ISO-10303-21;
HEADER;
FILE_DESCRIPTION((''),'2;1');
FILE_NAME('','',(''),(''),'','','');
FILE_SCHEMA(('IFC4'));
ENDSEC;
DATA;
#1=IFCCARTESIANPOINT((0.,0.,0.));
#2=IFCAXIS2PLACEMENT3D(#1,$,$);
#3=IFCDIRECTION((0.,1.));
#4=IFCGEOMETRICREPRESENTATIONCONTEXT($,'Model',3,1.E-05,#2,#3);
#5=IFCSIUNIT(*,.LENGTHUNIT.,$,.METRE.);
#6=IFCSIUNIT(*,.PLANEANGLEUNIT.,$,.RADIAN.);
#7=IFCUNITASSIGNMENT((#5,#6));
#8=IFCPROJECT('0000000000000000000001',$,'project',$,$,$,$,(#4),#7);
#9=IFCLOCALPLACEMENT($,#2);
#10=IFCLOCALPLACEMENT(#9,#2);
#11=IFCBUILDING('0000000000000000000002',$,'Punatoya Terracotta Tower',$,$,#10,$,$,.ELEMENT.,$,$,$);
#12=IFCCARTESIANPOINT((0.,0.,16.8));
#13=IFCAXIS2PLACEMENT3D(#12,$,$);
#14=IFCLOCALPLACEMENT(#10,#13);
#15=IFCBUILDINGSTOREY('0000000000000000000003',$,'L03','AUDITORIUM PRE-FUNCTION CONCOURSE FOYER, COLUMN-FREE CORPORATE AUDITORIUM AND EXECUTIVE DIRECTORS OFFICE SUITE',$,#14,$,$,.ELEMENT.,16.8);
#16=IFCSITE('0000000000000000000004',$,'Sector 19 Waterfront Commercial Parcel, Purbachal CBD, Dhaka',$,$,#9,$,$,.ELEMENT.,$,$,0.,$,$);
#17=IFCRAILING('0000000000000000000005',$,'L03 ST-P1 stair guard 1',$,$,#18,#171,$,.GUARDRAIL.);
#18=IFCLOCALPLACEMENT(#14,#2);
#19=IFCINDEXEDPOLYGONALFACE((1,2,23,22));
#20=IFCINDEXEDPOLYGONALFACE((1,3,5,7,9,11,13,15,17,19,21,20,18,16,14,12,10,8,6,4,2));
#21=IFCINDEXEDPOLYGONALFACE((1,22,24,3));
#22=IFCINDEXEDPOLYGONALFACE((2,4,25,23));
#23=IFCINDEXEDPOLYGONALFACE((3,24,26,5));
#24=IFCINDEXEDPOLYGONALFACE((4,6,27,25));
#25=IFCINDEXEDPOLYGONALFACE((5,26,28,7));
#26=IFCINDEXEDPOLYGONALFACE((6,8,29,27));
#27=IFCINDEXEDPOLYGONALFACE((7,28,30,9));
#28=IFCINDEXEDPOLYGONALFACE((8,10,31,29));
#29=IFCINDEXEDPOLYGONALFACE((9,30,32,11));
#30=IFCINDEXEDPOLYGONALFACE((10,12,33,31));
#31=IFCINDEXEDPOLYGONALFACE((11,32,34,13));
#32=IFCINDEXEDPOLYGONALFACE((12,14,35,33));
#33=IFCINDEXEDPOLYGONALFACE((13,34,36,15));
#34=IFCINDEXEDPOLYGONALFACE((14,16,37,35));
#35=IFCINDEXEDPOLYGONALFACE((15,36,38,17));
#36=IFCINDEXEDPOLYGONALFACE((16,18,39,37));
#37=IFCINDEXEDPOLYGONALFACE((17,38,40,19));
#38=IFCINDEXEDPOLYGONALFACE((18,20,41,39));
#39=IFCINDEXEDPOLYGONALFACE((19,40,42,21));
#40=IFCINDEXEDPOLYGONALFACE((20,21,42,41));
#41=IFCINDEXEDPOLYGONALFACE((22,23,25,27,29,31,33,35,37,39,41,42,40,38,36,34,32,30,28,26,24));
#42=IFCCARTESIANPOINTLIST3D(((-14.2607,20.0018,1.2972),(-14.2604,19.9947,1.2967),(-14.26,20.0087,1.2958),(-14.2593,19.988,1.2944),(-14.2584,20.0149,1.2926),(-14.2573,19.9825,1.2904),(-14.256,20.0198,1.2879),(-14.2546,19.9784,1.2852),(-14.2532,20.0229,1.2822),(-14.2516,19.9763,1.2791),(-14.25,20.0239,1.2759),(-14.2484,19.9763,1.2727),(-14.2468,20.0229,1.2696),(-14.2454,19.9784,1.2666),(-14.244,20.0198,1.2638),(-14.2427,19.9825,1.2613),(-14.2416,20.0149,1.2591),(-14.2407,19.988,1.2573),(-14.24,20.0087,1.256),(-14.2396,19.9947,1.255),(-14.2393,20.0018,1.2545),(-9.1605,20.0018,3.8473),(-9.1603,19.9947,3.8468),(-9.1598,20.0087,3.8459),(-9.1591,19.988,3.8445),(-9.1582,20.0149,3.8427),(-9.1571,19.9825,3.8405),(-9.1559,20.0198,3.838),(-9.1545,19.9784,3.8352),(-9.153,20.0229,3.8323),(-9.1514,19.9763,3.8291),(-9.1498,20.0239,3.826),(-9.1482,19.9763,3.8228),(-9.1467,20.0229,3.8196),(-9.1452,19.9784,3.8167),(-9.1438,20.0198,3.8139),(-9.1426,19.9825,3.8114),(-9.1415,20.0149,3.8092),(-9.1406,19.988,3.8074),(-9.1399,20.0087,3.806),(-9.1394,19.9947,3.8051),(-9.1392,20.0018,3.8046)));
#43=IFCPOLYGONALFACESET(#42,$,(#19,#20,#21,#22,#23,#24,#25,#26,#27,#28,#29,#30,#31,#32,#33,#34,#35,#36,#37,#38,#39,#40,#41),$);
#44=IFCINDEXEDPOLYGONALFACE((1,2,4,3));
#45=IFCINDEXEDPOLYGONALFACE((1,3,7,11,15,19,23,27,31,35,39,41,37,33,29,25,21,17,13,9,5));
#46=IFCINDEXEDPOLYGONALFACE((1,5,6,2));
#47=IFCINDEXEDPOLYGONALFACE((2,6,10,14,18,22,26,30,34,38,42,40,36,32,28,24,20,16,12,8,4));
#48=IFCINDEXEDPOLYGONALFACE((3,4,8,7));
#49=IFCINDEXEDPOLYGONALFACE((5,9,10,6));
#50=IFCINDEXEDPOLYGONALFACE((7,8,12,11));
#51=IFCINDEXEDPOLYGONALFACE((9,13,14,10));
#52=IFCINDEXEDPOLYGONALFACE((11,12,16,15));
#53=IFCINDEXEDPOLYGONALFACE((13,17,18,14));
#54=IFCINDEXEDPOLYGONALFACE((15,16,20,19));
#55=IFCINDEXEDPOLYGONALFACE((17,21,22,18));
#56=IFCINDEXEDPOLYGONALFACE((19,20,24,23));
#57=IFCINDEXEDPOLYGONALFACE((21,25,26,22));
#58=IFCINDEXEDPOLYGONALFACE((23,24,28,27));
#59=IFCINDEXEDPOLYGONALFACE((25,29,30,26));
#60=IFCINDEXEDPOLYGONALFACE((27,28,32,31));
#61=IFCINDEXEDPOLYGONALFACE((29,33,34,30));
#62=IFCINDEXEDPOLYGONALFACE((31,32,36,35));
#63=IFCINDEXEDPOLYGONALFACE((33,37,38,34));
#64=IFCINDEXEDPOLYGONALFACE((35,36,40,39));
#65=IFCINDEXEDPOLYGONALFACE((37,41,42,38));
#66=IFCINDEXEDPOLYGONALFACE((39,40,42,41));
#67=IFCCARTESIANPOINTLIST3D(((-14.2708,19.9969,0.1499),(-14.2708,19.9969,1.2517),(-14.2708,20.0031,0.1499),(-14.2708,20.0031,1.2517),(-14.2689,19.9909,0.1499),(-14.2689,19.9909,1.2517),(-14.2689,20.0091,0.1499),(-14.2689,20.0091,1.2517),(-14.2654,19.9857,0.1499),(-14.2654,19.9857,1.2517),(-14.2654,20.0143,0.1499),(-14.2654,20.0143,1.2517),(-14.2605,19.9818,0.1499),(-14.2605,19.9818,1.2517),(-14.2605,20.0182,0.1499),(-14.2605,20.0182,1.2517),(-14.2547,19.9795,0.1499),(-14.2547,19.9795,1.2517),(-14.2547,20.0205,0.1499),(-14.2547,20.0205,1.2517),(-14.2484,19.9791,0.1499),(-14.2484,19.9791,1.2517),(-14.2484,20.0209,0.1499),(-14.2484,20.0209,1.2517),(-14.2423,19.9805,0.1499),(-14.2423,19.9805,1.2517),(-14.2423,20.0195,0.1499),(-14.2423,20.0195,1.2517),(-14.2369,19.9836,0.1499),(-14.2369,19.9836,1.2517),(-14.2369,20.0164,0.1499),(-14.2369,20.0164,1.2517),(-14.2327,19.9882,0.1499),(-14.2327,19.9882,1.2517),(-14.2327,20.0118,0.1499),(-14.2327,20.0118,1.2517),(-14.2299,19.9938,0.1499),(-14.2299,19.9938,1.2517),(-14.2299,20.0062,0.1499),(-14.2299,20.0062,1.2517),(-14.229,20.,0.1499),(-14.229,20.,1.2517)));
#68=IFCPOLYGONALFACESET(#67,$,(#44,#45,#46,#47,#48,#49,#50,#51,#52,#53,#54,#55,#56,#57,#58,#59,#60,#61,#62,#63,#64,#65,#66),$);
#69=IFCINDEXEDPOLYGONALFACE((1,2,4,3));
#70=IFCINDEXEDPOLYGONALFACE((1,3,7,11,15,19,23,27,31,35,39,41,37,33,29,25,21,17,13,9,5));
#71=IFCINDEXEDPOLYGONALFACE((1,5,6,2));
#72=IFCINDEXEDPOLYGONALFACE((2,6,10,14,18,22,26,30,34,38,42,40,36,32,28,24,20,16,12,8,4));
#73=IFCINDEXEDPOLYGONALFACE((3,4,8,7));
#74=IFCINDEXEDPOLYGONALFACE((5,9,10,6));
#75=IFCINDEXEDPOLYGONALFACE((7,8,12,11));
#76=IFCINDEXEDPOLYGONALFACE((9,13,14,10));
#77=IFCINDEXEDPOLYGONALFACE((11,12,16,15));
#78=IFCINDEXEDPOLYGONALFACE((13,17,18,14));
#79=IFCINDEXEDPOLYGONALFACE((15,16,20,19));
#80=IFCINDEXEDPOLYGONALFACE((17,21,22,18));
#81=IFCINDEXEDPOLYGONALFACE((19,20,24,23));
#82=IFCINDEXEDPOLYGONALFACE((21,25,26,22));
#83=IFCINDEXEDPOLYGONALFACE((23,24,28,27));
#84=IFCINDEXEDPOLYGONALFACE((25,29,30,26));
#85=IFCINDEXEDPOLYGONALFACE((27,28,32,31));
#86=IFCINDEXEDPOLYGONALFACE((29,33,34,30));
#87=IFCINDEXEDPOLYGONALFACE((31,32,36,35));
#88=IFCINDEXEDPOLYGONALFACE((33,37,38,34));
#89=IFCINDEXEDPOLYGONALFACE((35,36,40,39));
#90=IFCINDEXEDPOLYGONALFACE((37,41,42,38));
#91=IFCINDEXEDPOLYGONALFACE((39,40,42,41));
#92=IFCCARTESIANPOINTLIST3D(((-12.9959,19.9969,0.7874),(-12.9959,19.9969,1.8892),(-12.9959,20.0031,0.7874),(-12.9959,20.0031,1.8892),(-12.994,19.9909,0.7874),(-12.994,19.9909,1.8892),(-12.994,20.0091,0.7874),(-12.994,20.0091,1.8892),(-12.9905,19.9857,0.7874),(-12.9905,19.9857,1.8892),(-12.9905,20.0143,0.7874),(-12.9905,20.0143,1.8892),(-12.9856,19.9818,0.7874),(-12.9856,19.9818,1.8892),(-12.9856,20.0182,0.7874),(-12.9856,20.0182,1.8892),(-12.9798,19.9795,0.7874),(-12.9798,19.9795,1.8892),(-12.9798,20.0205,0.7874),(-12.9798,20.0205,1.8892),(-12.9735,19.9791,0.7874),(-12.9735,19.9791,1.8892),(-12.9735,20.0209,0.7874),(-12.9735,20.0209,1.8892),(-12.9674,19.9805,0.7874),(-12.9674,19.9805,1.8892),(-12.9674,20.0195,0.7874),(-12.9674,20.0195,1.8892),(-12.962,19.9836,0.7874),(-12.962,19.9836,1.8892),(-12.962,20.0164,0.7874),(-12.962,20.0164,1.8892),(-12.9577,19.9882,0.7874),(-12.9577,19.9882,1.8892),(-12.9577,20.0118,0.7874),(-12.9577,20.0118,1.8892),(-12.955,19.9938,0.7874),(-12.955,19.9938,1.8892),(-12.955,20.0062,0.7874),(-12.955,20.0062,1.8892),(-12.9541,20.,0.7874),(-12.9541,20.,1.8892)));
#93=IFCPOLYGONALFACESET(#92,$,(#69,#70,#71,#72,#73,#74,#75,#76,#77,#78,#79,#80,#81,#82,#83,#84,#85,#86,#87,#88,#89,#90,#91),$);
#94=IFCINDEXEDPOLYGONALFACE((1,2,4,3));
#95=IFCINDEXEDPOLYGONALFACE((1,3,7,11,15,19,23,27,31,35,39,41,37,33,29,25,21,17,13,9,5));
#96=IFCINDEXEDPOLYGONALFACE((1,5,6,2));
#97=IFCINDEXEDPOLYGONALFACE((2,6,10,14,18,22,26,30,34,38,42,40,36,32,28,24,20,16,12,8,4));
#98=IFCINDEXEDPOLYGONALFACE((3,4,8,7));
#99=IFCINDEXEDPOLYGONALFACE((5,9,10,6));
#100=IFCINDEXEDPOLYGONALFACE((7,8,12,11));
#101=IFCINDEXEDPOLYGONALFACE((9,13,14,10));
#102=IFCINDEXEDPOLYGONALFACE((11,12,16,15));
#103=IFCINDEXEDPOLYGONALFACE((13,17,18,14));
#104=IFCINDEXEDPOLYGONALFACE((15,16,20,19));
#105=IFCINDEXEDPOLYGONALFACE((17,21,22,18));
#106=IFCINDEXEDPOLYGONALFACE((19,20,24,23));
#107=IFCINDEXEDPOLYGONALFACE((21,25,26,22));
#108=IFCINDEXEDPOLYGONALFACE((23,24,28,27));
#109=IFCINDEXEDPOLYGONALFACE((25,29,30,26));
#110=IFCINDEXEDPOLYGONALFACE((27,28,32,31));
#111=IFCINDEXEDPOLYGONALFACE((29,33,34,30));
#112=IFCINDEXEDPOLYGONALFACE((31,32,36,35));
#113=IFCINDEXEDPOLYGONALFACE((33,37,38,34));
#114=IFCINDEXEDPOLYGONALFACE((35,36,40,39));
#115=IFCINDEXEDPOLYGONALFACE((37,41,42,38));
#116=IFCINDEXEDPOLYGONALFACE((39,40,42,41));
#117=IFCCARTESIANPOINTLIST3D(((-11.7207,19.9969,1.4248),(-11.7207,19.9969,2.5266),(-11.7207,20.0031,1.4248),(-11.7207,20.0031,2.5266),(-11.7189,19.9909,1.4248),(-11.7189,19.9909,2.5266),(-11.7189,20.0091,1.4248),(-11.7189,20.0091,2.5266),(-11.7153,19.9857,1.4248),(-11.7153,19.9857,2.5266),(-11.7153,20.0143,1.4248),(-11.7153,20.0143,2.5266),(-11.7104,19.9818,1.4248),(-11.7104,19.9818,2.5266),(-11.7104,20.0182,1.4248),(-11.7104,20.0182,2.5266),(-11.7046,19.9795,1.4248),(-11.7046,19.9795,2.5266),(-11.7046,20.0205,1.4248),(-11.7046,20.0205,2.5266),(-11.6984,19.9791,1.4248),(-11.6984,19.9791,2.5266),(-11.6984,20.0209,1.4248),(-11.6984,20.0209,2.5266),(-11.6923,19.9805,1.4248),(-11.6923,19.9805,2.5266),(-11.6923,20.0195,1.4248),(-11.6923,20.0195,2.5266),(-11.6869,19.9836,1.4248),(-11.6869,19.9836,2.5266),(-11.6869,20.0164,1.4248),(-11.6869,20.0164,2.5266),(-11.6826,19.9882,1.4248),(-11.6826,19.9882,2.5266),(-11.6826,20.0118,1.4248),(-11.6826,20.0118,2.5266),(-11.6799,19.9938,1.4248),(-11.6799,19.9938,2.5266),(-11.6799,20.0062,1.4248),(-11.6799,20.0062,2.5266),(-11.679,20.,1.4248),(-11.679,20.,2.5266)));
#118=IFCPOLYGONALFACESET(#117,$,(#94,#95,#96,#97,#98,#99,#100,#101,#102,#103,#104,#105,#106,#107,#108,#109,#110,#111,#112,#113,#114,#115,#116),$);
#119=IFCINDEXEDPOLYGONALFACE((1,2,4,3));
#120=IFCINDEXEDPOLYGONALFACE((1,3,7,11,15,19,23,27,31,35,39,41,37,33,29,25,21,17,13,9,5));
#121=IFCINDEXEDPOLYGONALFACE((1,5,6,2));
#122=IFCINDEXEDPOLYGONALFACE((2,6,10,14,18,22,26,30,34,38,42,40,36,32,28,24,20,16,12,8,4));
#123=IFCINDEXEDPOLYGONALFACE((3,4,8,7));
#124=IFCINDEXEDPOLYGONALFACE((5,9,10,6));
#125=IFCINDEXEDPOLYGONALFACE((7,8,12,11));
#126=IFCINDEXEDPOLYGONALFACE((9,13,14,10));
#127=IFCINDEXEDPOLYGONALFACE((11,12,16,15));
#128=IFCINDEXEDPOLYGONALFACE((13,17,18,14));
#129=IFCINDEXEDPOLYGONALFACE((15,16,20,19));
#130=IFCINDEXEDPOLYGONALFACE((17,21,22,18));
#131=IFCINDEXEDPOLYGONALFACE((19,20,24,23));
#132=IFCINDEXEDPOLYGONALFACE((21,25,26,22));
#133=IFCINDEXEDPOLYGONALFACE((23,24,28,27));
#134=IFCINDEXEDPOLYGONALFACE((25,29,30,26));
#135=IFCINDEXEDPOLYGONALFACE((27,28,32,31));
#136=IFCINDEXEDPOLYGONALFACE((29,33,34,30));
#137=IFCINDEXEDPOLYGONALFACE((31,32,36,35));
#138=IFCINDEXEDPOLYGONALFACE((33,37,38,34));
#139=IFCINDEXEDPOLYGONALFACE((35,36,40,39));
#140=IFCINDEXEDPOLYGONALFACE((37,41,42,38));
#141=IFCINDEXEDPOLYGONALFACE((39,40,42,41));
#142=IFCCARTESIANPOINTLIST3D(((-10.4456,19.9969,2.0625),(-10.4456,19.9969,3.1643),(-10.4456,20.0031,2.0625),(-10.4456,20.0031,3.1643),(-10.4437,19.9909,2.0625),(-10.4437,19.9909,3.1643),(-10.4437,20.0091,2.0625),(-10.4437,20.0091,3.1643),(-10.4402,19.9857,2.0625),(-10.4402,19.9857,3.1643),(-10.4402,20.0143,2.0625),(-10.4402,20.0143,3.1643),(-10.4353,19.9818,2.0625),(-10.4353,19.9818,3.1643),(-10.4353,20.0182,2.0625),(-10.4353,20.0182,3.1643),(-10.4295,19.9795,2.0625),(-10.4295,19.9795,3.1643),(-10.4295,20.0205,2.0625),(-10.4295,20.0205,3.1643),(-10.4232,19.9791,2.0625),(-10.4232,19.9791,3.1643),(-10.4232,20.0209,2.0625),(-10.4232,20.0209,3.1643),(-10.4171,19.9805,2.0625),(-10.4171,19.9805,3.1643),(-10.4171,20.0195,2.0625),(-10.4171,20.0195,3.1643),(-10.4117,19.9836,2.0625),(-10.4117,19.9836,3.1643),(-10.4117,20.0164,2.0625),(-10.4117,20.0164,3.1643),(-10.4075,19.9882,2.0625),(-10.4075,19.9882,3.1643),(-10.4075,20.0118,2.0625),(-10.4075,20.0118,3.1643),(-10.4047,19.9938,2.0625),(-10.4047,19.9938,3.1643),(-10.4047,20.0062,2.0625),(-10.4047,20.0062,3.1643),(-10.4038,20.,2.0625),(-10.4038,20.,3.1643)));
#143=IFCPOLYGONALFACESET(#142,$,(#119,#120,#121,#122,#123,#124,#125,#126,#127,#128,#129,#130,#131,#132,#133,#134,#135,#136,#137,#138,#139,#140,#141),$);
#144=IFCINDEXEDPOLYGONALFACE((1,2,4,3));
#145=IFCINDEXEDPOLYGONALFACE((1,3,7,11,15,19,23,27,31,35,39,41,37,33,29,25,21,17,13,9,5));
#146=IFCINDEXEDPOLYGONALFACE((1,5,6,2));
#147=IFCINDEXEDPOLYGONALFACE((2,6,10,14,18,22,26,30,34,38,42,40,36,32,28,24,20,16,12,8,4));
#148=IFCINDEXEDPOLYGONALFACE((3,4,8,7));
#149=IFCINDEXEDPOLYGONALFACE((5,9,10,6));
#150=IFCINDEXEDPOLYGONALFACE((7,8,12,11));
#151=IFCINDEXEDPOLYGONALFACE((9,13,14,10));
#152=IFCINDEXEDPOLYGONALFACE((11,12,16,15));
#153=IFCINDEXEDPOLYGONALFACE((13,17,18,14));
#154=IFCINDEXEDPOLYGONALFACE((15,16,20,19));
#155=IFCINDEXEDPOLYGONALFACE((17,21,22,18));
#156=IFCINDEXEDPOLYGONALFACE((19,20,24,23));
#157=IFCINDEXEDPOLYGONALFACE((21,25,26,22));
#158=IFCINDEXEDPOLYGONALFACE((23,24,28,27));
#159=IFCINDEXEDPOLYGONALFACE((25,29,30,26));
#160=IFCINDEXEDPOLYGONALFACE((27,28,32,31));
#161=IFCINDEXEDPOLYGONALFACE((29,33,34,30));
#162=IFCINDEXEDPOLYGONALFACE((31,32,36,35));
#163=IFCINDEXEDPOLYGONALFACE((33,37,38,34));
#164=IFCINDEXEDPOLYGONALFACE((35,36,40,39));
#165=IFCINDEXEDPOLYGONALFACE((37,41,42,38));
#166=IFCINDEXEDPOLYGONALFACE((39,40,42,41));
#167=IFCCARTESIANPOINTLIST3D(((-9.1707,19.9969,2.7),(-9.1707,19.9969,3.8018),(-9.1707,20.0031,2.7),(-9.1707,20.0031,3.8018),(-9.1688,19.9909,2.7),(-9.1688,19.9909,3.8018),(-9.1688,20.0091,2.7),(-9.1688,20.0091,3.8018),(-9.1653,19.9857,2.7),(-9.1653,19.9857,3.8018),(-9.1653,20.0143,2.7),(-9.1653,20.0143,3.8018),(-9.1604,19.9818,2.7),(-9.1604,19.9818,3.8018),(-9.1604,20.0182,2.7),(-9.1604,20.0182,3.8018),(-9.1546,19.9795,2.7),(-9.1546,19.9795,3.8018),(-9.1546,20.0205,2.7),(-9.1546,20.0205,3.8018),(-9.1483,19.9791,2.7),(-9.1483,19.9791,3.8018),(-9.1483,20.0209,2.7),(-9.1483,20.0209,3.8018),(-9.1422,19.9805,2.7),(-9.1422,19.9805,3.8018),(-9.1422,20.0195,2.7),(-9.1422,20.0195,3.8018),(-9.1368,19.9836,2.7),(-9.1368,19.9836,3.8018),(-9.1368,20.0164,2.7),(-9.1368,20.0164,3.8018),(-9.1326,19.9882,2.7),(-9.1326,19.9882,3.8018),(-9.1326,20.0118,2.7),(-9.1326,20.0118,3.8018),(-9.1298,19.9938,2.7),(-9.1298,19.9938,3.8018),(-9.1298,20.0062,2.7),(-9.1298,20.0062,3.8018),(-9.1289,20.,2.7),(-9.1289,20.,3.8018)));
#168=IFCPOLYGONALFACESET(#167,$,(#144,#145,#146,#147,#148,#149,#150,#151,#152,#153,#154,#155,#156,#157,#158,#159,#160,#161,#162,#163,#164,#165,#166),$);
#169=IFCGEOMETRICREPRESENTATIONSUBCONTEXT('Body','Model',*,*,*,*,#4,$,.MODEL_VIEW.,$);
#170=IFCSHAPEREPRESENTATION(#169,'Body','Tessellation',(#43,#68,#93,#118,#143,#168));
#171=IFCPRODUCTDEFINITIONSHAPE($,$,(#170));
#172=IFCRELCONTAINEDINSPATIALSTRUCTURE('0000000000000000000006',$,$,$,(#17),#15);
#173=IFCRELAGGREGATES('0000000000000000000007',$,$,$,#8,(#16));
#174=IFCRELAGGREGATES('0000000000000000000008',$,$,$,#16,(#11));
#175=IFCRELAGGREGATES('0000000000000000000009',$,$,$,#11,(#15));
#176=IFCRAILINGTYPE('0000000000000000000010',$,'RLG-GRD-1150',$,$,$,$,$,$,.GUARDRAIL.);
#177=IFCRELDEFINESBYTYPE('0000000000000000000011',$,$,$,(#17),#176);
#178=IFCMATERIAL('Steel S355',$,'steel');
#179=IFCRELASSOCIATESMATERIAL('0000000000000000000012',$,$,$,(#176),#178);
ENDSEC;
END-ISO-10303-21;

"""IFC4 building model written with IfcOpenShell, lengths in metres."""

from ifc_helpers import new_model, si_unit, direction, frame, origin, origin_2d, place, context, subcontext, project, spatial, circle, extrude, material, type_object, element, save


model = new_model("IFC4")

# Units and contexts
model_context = context("Model", 3, precision=1e-05, world=origin(), true_north=direction((0.0, 1.0)))
body_context = subcontext(model_context, "Body", "Model", "MODEL_VIEW")
ifc_project = project(units=[si_unit("LENGTHUNIT", "METRE"), si_unit("PLANEANGLEUNIT", "RADIAN")], contexts=[model_context])

# Site, building, storey
site_placement = place(None, origin())
site = spatial("IfcSite", under=ifc_project, at=site_placement, Name="Sector 19 Waterfront Commercial Parcel, Purbachal CBD, Dhaka", CompositionType="ELEMENT", RefElevation=0.0)
building_placement = place(site_placement, origin())
building = spatial("IfcBuilding", under=site, at=building_placement, Name="Punatoya Terracotta Tower", CompositionType="ELEMENT")
storey_placement = place(building_placement, frame((0.0, 0.0, 16.8)))
storey = spatial("IfcBuildingStorey", under=building, at=storey_placement, Name="L03", Description="AUDITORIUM PRE-FUNCTION CONCOURSE FOYER, COLUMN-FREE CORPORATE AUDITORIUM AND EXECUTIVE DIRECTORS OFFICE SUITE", CompositionType="ELEMENT", Elevation=16.8)

# Shared definitions
ifc_material_1 = material(Name="Steel S355", Category="steel")

# Railing
railing_type_1 = type_object("IfcRailingType", Name="RLG-GRD-1150", PredefinedType="GUARDRAIL", material=ifc_material_1)
railing_1_placement = place(storey_placement, frame((-14.25, 20.0, 0.1499)))
element("IfcRailing", 1, at=railing_1_placement, inside=storey, type_object=railing_type_1, Name="L03 ST-P1 stair guard 1", PredefinedType="GUARDRAIL", context=body_context, shape_type="SweptSolid", body=[
    extrude(circle(Radius=0.0239, at=origin_2d()), frame((0.0, 0.0, 1.126), z_axis=(0.894427, 0.0, 0.447214), x_axis=(0.0, 1.0, 0.0)), (0.0, 0.0, 1.0), 5.7021),
    extrude(circle(Radius=0.021, at=origin_2d()), origin(), (0.0, 0.0, 1.0), 1.1018),
    extrude(circle(Radius=0.021, at=origin_2d()), frame((1.2749, 0.0, 0.6375)), (0.0, 0.0, 1.0), 1.1018),
    extrude(circle(Radius=0.021, at=origin_2d()), frame((2.55, 0.0, 1.2749)), (0.0, 0.0, 1.0), 1.1018),
    extrude(circle(Radius=0.021, at=origin_2d()), frame((3.8252, 0.0, 1.9126)), (0.0, 0.0, 1.0), 1.1018),
    extrude(circle(Radius=0.021, at=origin_2d()), frame((5.1001, 0.0, 2.55)), (0.0, 0.0, 1.0), 1.1018),
])

save(model, "model.ifc")
